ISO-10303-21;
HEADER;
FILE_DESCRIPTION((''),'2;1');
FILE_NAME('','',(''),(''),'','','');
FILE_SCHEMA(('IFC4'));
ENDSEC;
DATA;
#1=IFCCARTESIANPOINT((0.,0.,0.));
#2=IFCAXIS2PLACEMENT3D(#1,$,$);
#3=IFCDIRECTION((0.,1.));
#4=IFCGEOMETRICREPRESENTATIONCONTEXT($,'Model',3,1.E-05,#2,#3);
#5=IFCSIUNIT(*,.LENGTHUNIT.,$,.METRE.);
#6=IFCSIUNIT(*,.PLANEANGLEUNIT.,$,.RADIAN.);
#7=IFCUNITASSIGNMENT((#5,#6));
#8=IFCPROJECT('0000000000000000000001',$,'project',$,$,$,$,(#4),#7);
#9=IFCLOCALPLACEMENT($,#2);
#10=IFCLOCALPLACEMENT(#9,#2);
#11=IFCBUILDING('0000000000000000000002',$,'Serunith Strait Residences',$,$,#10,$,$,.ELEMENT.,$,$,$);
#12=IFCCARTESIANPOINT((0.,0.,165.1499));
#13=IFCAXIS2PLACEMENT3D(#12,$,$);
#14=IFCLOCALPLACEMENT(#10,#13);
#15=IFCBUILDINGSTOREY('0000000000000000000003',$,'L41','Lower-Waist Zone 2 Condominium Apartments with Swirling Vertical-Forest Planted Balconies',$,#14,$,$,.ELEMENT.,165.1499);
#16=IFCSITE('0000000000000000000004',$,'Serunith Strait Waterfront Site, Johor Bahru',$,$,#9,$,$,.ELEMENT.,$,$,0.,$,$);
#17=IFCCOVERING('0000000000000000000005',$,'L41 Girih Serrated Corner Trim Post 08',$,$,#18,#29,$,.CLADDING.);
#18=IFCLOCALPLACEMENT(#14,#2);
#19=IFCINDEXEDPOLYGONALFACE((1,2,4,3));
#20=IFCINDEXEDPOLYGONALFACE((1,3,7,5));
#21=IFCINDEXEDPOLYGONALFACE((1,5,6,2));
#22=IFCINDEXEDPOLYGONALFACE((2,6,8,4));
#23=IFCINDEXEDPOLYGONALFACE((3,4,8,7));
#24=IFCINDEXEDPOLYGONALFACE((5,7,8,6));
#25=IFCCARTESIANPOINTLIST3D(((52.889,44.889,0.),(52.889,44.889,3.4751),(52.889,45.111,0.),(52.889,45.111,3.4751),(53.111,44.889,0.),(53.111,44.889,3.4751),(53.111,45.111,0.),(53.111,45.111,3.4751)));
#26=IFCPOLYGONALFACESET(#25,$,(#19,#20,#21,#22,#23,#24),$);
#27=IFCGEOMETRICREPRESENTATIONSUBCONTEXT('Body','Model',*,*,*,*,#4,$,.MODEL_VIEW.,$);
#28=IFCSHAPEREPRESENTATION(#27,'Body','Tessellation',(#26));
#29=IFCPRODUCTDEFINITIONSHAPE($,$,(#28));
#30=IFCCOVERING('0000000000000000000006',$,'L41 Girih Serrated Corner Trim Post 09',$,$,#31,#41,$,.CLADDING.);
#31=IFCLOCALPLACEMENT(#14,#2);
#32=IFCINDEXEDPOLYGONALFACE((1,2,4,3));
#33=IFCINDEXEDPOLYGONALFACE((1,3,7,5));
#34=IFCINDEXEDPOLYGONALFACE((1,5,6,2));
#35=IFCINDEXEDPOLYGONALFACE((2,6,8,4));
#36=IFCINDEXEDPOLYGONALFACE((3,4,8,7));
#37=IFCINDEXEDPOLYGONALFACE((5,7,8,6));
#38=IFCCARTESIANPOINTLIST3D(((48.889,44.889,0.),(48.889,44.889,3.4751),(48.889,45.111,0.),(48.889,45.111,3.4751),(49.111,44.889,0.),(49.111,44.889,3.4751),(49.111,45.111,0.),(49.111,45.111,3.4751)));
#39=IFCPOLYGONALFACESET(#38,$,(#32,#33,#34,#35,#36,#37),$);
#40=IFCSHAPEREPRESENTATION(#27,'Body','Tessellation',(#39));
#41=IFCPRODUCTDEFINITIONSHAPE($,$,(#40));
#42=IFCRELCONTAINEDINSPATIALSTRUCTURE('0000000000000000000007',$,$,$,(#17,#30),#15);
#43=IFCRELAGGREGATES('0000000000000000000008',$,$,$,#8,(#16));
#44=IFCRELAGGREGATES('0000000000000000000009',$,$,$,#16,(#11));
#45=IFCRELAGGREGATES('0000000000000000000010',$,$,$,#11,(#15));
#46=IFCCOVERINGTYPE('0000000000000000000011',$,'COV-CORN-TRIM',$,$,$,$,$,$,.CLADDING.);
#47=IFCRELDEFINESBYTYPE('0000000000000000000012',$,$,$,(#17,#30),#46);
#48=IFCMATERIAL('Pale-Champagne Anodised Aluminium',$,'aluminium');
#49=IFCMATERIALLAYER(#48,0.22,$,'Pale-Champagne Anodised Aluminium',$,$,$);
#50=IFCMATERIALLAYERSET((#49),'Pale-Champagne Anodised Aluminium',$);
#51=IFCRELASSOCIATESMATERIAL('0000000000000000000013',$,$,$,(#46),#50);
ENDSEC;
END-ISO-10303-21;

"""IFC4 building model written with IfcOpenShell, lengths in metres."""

from ifc_helpers import new_model, si_unit, direction, frame, origin, origin_2d, place, context, subcontext, project, spatial, rectangle, extrude, source, transform, mapped, material, layer, layer_set, type_object, element, save


model = new_model("IFC4")

# Units and contexts
model_context = context("Model", 3, precision=1e-05, world=origin(), true_north=direction((0.0, 1.0)))
body_context = subcontext(model_context, "Body", "Model", "MODEL_VIEW")
ifc_project = project(units=[si_unit("LENGTHUNIT", "METRE"), si_unit("PLANEANGLEUNIT", "RADIAN")], contexts=[model_context])

# Site, building, storey
site_placement = place(None, origin())
site = spatial("IfcSite", under=ifc_project, at=site_placement, Name="Serunith Strait Waterfront Site, Johor Bahru", CompositionType="ELEMENT", RefElevation=0.0)
building_placement = place(site_placement, origin())
building = spatial("IfcBuilding", under=site, at=building_placement, Name="Serunith Strait Residences", CompositionType="ELEMENT")
storey_placement = place(building_placement, frame((0.0, 0.0, 165.1499)))
storey = spatial("IfcBuildingStorey", under=building, at=storey_placement, Name="L41", Description="Lower-Waist Zone 2 Condominium Apartments with Swirling Vertical-Forest Planted Balconies", CompositionType="ELEMENT", Elevation=165.1499)

# Shared definitions
ifc_material_1 = material(Name="Pale-Champagne Anodised Aluminium", Category="aluminium")

# Coverings
ifc_layer_1 = layer(ifc_material_1, 0.22, Name="Pale-Champagne Anodised Aluminium")
ifc_layer_set_1 = layer_set([ifc_layer_1], Name="Pale-Champagne Anodised Aluminium")
covering_type = type_object("IfcCoveringType", Name="COV-CORN-TRIM", PredefinedType="CLADDING", material=ifc_layer_set_1)
shared_shape_1 = source(origin(), body_context, "Body", "SweptSolid", [
    extrude(rectangle(XDim=0.2219, YDim=0.2219, at=origin_2d()), origin(), (0.0, 0.0, 1.0), 3.4751),
])
for number, where, z_axis, x_axis, name in (
    (1, (53.0, 45.0, 0.0), (0.0, 0.0, 1.0), (1.0, 0.0, 0.0), "L41 Girih Serrated Corner Trim Post 08"),
    (2, (49.0, 45.0, 0.0), (0.0, 0.0, 1.0), (1.0, 0.0, 0.0), "L41 Girih Serrated Corner Trim Post 09"),
):
    element("IfcCovering", number, at=place(storey_placement, frame(where, z_axis=z_axis, x_axis=x_axis)), inside=storey, type_object=covering_type, Name=name, PredefinedType="CLADDING", context=body_context, shape_type="MappedRepresentation", body=[
        mapped(shared_shape_1, transform((0.0, 0.0, 0.0), scale=1.0)),
    ])

save(model, "model.ifc")
